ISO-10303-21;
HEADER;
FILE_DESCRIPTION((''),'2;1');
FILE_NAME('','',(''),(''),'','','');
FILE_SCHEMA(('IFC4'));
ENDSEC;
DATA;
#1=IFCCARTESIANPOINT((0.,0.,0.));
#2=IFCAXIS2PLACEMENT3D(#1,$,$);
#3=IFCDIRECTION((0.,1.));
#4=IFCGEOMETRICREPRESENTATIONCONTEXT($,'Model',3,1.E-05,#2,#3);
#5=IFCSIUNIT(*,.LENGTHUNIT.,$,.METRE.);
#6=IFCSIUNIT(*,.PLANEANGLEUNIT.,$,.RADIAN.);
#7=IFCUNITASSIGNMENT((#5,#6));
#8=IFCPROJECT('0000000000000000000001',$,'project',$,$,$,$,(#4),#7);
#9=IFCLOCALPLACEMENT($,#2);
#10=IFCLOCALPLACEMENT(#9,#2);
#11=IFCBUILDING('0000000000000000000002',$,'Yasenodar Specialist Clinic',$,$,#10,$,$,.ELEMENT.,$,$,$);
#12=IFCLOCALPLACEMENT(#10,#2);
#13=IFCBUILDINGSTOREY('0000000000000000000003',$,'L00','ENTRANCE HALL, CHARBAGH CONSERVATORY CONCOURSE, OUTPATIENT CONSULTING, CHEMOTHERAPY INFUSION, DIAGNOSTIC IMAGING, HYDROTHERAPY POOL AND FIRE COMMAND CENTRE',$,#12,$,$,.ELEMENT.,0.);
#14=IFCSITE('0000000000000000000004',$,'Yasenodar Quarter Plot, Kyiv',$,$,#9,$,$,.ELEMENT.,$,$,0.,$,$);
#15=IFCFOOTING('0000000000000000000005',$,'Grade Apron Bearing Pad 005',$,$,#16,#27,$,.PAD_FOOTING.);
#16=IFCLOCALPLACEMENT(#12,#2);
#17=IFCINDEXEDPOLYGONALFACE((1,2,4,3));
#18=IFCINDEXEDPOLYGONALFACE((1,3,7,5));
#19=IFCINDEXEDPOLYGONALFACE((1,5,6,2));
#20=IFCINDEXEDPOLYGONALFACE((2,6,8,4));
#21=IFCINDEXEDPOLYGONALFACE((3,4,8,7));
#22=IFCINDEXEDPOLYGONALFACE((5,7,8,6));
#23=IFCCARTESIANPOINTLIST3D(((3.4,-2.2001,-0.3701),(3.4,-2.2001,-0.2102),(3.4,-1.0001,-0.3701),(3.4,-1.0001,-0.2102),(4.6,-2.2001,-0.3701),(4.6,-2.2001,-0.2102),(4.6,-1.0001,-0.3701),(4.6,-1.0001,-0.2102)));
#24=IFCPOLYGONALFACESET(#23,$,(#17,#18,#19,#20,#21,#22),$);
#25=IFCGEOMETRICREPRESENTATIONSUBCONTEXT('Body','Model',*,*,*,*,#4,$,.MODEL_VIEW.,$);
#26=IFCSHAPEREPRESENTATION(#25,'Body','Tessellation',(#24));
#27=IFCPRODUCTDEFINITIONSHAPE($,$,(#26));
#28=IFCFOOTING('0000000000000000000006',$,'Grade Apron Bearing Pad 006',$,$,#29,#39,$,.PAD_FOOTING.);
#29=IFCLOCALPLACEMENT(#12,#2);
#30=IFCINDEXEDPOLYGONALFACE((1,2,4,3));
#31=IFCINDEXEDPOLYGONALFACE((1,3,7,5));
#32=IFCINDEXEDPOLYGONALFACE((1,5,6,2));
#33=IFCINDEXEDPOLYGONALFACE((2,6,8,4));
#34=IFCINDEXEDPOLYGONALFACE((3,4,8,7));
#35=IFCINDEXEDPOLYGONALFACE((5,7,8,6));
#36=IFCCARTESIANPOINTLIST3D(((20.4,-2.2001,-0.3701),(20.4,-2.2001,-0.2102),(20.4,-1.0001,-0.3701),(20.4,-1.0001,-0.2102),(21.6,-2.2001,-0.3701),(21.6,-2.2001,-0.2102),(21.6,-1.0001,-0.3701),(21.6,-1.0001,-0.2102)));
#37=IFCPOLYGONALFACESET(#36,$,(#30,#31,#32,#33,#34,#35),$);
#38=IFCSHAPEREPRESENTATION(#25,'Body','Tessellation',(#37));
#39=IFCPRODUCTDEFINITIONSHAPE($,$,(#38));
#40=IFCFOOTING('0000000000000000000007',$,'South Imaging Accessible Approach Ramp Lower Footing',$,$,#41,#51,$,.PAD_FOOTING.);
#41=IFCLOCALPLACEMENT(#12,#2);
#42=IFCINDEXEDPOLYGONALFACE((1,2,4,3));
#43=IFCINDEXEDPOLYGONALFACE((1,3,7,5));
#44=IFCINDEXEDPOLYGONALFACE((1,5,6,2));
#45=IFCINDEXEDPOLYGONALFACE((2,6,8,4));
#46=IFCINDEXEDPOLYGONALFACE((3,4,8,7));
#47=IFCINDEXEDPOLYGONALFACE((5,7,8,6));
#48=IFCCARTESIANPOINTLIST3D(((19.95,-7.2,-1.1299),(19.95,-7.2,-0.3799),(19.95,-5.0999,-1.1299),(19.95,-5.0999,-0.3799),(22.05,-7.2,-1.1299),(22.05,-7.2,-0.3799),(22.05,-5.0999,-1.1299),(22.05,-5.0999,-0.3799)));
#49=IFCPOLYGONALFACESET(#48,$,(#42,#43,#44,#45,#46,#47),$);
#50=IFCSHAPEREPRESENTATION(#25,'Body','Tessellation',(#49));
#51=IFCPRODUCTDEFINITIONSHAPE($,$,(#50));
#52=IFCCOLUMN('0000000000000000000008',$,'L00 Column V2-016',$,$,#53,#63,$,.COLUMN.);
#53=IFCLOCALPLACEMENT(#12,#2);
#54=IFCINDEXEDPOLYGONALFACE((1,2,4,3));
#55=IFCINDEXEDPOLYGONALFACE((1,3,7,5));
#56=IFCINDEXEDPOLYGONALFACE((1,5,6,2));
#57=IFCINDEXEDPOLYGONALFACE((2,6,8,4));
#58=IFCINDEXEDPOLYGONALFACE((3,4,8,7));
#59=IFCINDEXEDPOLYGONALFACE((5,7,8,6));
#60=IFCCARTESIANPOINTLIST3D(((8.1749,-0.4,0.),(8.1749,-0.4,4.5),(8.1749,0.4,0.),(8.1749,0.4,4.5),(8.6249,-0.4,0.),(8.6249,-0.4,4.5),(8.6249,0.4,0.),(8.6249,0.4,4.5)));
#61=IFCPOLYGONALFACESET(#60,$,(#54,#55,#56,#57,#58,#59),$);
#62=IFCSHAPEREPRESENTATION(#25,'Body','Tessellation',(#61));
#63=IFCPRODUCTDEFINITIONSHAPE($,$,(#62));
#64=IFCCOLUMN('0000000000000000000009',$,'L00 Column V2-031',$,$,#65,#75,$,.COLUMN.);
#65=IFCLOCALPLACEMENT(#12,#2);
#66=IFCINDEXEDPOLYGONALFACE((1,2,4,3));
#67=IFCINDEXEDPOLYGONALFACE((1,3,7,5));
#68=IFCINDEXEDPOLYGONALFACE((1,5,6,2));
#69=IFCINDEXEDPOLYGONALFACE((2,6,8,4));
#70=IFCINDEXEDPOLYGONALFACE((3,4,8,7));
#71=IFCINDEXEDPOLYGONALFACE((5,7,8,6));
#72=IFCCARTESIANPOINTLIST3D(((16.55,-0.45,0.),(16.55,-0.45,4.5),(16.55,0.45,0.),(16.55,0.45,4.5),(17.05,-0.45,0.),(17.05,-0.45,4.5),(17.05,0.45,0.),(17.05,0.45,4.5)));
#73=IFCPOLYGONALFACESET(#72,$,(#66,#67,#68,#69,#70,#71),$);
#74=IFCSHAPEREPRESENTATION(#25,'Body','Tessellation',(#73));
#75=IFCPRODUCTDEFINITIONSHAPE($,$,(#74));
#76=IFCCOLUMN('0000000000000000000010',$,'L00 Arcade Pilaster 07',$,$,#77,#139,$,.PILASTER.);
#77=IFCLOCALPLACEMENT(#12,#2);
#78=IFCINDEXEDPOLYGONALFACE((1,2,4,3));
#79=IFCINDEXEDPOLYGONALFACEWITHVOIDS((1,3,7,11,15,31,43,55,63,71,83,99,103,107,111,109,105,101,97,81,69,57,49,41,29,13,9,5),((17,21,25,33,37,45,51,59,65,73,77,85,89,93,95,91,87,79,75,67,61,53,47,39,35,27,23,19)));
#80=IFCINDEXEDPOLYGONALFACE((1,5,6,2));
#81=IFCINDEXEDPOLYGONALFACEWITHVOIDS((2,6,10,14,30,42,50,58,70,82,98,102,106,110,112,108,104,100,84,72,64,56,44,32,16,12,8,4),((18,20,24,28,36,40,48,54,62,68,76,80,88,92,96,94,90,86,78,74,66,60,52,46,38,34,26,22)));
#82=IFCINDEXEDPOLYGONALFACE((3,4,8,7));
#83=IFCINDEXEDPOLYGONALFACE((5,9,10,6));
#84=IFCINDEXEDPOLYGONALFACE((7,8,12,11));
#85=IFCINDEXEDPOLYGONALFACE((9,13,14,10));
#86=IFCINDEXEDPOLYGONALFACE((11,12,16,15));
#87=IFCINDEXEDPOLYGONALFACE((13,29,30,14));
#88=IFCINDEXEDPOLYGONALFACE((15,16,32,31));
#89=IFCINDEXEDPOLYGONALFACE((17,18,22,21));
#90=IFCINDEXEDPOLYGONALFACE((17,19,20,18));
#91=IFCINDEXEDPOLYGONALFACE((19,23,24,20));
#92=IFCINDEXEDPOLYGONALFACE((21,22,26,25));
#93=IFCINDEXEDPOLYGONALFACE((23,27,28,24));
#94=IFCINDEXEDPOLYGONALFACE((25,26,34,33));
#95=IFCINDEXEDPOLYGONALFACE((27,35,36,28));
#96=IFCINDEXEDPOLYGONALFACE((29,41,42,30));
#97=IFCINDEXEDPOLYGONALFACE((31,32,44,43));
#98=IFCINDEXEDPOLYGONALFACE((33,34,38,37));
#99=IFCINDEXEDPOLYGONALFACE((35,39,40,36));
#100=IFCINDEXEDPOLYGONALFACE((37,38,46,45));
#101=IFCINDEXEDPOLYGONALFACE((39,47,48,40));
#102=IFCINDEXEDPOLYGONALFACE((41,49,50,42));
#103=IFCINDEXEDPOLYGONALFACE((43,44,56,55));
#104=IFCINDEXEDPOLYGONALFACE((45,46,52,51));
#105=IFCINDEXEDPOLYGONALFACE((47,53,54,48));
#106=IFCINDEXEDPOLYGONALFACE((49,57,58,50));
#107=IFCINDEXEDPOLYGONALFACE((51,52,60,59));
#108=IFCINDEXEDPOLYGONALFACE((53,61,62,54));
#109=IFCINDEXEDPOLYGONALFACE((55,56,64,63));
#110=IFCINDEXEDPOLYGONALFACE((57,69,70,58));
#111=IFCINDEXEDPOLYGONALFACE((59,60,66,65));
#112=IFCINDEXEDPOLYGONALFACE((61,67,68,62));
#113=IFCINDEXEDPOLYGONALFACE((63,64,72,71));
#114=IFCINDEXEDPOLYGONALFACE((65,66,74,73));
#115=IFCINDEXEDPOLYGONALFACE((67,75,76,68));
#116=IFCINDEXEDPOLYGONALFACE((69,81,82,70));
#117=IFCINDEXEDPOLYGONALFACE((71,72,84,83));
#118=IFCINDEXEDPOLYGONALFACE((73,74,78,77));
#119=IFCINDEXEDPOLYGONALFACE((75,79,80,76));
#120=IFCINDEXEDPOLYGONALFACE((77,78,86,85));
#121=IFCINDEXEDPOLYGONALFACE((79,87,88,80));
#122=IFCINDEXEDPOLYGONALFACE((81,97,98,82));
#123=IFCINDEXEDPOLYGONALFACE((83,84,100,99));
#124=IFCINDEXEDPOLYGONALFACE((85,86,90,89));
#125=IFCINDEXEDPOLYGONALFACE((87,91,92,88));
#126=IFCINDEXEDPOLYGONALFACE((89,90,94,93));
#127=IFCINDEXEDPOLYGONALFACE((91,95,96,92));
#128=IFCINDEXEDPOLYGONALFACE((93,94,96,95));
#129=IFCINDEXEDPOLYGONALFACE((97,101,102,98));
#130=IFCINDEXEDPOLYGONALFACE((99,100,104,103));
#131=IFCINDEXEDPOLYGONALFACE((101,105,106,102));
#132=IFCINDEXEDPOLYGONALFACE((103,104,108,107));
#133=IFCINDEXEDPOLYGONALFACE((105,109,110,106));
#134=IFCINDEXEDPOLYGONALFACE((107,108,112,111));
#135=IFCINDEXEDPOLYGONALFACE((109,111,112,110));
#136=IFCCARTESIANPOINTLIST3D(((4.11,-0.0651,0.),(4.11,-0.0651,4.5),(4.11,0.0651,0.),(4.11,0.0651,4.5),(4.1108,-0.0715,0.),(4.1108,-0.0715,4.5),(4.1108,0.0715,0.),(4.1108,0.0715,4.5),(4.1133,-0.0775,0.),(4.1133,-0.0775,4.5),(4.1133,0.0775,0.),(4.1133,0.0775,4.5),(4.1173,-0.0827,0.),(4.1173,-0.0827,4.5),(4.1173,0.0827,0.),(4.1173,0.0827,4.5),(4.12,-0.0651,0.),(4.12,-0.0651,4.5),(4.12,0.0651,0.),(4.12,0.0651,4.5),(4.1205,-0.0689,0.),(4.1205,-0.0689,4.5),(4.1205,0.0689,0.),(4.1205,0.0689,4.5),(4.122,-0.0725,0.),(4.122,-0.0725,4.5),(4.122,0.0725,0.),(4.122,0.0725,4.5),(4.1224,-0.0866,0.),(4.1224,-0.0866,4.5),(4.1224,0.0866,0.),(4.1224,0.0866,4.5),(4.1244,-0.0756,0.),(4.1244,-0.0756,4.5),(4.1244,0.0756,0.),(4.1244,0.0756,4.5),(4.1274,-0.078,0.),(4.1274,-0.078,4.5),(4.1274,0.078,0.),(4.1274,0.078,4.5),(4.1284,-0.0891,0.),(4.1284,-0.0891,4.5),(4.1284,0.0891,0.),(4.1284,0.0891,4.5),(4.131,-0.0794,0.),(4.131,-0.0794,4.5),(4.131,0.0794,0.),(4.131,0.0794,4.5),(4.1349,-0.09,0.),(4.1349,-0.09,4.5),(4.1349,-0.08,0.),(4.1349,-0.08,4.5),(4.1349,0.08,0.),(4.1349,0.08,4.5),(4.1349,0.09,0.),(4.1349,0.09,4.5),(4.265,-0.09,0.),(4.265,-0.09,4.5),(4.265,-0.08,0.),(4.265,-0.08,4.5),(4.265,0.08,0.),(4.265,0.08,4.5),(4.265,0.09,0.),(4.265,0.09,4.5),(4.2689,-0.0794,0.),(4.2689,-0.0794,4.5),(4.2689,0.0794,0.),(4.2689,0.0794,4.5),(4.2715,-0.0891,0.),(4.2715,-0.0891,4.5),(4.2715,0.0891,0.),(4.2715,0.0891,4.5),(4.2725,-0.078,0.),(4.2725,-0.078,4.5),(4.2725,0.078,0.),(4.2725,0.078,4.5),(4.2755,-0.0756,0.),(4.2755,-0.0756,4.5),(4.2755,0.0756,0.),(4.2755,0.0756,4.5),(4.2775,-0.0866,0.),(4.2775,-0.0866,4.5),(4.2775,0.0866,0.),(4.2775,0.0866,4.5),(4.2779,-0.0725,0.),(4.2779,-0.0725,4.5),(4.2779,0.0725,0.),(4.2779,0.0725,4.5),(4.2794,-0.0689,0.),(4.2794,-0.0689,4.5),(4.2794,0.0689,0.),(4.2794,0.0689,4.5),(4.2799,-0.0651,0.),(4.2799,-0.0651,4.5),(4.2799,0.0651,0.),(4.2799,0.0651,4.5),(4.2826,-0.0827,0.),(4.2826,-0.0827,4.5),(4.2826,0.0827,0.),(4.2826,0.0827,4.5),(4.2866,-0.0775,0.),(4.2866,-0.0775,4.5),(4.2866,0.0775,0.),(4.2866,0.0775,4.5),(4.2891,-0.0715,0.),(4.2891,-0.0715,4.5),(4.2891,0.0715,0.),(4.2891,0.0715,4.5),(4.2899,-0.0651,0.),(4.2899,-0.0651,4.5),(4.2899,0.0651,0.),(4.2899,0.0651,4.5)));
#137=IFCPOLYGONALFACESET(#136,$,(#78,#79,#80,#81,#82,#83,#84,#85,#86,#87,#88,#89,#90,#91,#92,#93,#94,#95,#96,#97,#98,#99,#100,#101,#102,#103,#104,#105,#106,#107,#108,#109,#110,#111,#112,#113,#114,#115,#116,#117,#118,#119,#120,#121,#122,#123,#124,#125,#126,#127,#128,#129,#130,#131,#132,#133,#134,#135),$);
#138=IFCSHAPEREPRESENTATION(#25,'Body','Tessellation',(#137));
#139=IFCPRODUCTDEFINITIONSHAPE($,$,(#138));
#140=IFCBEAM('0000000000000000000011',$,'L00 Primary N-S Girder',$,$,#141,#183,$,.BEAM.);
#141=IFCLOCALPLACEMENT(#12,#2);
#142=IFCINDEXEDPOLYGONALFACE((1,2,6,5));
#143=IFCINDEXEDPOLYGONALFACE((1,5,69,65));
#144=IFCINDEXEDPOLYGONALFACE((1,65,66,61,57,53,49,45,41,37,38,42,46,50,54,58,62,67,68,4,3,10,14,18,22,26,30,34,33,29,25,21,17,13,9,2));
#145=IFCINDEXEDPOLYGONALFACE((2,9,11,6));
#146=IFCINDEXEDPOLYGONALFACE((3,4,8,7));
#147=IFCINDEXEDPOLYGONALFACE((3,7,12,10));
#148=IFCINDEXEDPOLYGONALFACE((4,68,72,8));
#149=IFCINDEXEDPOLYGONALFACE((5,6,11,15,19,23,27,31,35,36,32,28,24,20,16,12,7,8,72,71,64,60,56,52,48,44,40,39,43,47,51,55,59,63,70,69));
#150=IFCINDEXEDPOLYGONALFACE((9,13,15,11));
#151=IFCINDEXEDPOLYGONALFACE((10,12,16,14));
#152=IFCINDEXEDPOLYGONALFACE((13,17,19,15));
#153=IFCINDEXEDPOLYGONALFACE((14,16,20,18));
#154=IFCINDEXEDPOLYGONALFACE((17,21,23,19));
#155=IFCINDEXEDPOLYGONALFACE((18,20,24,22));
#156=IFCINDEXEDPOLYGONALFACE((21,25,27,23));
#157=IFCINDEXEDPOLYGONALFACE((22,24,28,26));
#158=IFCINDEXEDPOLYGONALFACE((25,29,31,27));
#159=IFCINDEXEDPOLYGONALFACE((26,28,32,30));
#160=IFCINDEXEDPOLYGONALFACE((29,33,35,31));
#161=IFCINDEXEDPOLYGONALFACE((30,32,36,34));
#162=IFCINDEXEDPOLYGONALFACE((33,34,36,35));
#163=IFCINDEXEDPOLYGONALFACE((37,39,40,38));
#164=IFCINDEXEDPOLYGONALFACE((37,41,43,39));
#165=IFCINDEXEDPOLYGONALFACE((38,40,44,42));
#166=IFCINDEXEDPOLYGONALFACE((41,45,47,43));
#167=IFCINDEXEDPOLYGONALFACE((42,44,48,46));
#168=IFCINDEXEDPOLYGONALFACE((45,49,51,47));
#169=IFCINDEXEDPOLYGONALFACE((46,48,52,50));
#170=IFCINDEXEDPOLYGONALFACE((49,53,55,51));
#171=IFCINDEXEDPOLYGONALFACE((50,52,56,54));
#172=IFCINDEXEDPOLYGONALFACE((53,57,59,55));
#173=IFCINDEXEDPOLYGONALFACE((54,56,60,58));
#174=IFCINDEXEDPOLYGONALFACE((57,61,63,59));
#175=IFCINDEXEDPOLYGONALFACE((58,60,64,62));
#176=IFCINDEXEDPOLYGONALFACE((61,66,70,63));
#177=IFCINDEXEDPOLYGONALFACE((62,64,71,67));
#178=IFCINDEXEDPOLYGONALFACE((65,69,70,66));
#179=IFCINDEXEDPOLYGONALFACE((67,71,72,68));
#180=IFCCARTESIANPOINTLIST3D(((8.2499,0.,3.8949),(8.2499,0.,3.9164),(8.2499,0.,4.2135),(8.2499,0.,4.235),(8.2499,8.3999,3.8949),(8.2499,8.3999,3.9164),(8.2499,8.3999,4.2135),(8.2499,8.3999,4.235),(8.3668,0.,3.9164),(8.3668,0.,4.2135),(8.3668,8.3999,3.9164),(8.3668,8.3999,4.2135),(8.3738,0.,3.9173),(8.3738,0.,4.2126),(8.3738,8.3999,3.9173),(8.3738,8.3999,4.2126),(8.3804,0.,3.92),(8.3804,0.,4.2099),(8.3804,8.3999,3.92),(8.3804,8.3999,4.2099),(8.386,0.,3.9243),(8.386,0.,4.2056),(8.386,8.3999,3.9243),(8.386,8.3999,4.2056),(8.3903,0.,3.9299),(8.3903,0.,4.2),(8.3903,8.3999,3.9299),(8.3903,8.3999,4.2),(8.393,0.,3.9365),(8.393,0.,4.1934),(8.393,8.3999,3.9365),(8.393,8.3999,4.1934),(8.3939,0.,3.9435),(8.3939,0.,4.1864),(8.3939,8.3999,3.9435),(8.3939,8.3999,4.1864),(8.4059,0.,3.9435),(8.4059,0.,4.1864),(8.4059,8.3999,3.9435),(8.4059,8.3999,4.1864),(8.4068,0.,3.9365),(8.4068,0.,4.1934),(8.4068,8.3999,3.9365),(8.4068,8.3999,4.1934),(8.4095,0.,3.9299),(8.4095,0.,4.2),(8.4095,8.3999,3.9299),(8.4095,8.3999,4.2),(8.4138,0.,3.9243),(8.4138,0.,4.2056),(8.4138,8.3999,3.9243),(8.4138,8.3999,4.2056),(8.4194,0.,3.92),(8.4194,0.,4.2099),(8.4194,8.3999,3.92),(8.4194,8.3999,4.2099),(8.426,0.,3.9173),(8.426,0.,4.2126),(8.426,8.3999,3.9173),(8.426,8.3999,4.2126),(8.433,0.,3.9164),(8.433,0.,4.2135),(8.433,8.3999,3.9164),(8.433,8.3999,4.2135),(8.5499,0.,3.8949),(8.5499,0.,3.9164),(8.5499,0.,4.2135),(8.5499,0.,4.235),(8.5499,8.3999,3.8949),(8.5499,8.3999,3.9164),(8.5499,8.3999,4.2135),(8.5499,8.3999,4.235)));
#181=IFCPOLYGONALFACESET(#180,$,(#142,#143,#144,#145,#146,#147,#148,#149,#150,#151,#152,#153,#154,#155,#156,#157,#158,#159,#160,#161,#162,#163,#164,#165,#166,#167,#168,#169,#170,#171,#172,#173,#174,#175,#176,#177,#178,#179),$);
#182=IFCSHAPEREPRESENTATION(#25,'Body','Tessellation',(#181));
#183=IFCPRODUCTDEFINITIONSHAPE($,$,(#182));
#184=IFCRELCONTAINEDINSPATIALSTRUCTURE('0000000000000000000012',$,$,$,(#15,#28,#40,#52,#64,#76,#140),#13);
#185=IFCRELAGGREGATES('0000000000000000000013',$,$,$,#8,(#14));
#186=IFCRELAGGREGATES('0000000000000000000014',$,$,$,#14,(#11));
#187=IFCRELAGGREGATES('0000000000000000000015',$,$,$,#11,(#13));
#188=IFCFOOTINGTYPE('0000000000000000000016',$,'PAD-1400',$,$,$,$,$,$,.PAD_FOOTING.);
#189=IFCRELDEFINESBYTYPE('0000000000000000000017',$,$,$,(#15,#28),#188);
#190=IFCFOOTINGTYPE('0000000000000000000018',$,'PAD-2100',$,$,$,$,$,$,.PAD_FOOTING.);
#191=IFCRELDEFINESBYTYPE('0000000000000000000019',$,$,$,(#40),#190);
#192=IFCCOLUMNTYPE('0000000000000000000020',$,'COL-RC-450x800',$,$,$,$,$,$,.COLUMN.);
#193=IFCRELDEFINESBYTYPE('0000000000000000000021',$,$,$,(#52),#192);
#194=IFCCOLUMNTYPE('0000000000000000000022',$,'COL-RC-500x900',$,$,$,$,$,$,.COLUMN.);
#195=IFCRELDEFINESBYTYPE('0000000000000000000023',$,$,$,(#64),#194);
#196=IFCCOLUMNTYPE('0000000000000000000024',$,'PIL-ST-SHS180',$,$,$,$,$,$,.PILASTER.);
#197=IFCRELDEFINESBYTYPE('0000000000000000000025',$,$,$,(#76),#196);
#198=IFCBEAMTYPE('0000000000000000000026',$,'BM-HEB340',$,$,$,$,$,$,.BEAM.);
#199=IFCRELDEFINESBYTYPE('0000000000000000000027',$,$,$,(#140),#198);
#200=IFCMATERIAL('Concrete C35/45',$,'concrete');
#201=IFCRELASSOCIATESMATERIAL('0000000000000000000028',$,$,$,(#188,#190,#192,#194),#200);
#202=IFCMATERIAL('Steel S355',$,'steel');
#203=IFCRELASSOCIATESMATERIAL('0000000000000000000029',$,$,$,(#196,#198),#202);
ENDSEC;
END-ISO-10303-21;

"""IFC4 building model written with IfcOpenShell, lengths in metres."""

from ifc_helpers import new_model, si_unit, direction, frame, origin, origin_2d, place, context, subcontext, project, spatial, rectangle, hollow_rectangle, i_section, extrude, material, material_profile, profile_set, type_object, element, save


model = new_model("IFC4")

# Units and contexts
model_context = context("Model", 3, precision=1e-05, world=origin(), true_north=direction((0.0, 1.0)))
body_context = subcontext(model_context, "Body", "Model", "MODEL_VIEW")
ifc_project = project(units=[si_unit("LENGTHUNIT", "METRE"), si_unit("PLANEANGLEUNIT", "RADIAN")], contexts=[model_context])

# Site, building, storey
site_placement = place(None, origin())
site = spatial("IfcSite", under=ifc_project, at=site_placement, Name="Yasenodar Quarter Plot, Kyiv", CompositionType="ELEMENT", RefElevation=0.0)
building_placement = place(site_placement, origin())
building = spatial("IfcBuilding", under=site, at=building_placement, Name="Yasenodar Specialist Clinic", CompositionType="ELEMENT")
storey_placement = place(building_placement, origin())
storey = spatial("IfcBuildingStorey", under=building, at=storey_placement, Name="L00", Description="ENTRANCE HALL, CHARBAGH CONSERVATORY CONCOURSE, OUTPATIENT CONSULTING, CHEMOTHERAPY INFUSION, DIAGNOSTIC IMAGING, HYDROTHERAPY POOL AND FIRE COMMAND CENTRE", CompositionType="ELEMENT", Elevation=0.0)

# Footings
ifc_material_1 = material(Name="Concrete C35/45", Category="concrete")
footing_type_1 = type_object("IfcFootingType", Name="PAD-1400", PredefinedType="PAD_FOOTING", material=ifc_material_1)
for number, where, z_axis, x_axis, name in (
    (1, (4.0, -1.6001, -0.3701), (0.0, 0.0, 1.0), (1.0, 0.0, 0.0), "Grade Apron Bearing Pad 005"),
    (2, (21.0, -1.6001, -0.3701), (0.0, 0.0, 1.0), (1.0, 0.0, 0.0), "Grade Apron Bearing Pad 006"),
):
    element("IfcFooting", number, at=place(storey_placement, frame(where, z_axis=z_axis, x_axis=x_axis)), inside=storey, type_object=footing_type_1, Name=name, PredefinedType="PAD_FOOTING", context=body_context, shape_type="SweptSolid", body=[
        extrude(rectangle(XDim=1.2, YDim=1.2, at=origin_2d()), origin(), (0.0, 0.0, 1.0), 0.1599),
    ])
footing_type_2 = type_object("IfcFootingType", Name="PAD-2100", PredefinedType="PAD_FOOTING", material=ifc_material_1)
footing_placement = place(storey_placement, frame((21.0, -6.1499, -1.1299), z_axis=(0.0, 0.0, 1.0), x_axis=(1.0, 0.0, 0.0)))
element("IfcFooting", 3, at=footing_placement, inside=storey, type_object=footing_type_2, Name="South Imaging Accessible Approach Ramp Lower Footing", PredefinedType="PAD_FOOTING", context=body_context, shape_type="SweptSolid", body=[
    extrude(rectangle(XDim=2.1001, YDim=2.1001, at=origin_2d()), origin(), (0.0, 0.0, 1.0), 0.75),
])

# Columns
ifc_material_profile_1 = material_profile(ifc_material_1, rectangle(XDim=0.45, YDim=0.8, at=origin_2d()), Name="RC 450x800")
ifc_profile_set_1 = profile_set([ifc_material_profile_1], Name="Concrete C35/45")
column_type_1 = type_object("IfcColumnType", Name="COL-RC-450x800", PredefinedType="COLUMN", material=ifc_profile_set_1)
column_1_placement = place(storey_placement, frame((8.3999, 0.0, 0.0), z_axis=(0.0, 0.0, 1.0), x_axis=(1.0, 0.0, 0.0)))
element("IfcColumn", 4, at=column_1_placement, inside=storey, type_object=column_type_1, Name="L00 Column V2-016", PredefinedType="COLUMN", context=body_context, shape_type="SweptSolid", body=[
    extrude(rectangle(XDim=0.45, YDim=0.8, at=origin_2d()), origin(), (0.0, 0.0, 1.0), 4.5),
])
ifc_material_profile_2 = material_profile(ifc_material_1, rectangle(XDim=0.5, YDim=0.8999, at=origin_2d()), Name="RC 500x900")
ifc_profile_set_2 = profile_set([ifc_material_profile_2], Name="Concrete C35/45")
column_type_2 = type_object("IfcColumnType", Name="COL-RC-500x900", PredefinedType="COLUMN", material=ifc_profile_set_2)
column_2_placement = place(storey_placement, frame((16.8, 0.0, 0.0), z_axis=(0.0, 0.0, 1.0), x_axis=(1.0, 0.0, 0.0)))
element("IfcColumn", 5, at=column_2_placement, inside=storey, type_object=column_type_2, Name="L00 Column V2-031", PredefinedType="COLUMN", context=body_context, shape_type="SweptSolid", body=[
    extrude(rectangle(XDim=0.5, YDim=0.8999, at=origin_2d()), origin(), (0.0, 0.0, 1.0), 4.5),
])
ifc_material_2 = material(Name="Steel S355", Category="steel")
ifc_material_profile_3 = material_profile(ifc_material_2, hollow_rectangle(XDim=0.1799, YDim=0.1799, WallThickness=0.01, InnerFilletRadius=0.0149, OuterFilletRadius=0.0249, at=origin_2d()), Name="SHS 180x180x10")
ifc_profile_set_3 = profile_set([ifc_material_profile_3], Name="Steel S355")
column_type_3 = type_object("IfcColumnType", Name="PIL-ST-SHS180", PredefinedType="PILASTER", material=ifc_profile_set_3)
column_3_placement = place(storey_placement, frame((4.2, 0.0, 0.0), z_axis=(0.0, 0.0, 1.0), x_axis=(1.0, 0.0, 0.0)))
element("IfcColumn", 6, at=column_3_placement, inside=storey, type_object=column_type_3, Name="L00 Arcade Pilaster 07", PredefinedType="PILASTER", context=body_context, shape_type="SweptSolid", body=[
    extrude(hollow_rectangle(XDim=0.1799, YDim=0.1799, WallThickness=0.01, InnerFilletRadius=0.0149, OuterFilletRadius=0.0249, at=origin_2d()), origin(), (0.0, 0.0, 1.0), 4.5),
])

# Beam
ifc_material_profile_4 = material_profile(ifc_material_2, i_section(OverallWidth=0.3, OverallDepth=0.3401, WebThickness=0.012, FlangeThickness=0.0215, FilletRadius=0.0271, at=origin_2d()), Name="HEB 340")
ifc_profile_set_4 = profile_set([ifc_material_profile_4], Name="Steel S355")
beam_type_1 = type_object("IfcBeamType", Name="BM-HEB340", PredefinedType="BEAM", material=ifc_profile_set_4)
beam_1_placement = place(storey_placement, frame((8.3999, 0.0, 4.0649), z_axis=(0.0, 1.0, 0.0), x_axis=(-1.0, 0.0, 0.0)))
element("IfcBeam", 7, at=beam_1_placement, inside=storey, type_object=beam_type_1, Name="L00 Primary N-S Girder", PredefinedType="BEAM", context=body_context, shape_type="SweptSolid", body=[
    extrude(i_section(OverallWidth=0.3, OverallDepth=0.3401, WebThickness=0.012, FlangeThickness=0.0215, FilletRadius=0.0271, at=origin_2d()), origin(), (0.0, 0.0, 1.0), 8.3999),
])

save(model, "model.ifc")
